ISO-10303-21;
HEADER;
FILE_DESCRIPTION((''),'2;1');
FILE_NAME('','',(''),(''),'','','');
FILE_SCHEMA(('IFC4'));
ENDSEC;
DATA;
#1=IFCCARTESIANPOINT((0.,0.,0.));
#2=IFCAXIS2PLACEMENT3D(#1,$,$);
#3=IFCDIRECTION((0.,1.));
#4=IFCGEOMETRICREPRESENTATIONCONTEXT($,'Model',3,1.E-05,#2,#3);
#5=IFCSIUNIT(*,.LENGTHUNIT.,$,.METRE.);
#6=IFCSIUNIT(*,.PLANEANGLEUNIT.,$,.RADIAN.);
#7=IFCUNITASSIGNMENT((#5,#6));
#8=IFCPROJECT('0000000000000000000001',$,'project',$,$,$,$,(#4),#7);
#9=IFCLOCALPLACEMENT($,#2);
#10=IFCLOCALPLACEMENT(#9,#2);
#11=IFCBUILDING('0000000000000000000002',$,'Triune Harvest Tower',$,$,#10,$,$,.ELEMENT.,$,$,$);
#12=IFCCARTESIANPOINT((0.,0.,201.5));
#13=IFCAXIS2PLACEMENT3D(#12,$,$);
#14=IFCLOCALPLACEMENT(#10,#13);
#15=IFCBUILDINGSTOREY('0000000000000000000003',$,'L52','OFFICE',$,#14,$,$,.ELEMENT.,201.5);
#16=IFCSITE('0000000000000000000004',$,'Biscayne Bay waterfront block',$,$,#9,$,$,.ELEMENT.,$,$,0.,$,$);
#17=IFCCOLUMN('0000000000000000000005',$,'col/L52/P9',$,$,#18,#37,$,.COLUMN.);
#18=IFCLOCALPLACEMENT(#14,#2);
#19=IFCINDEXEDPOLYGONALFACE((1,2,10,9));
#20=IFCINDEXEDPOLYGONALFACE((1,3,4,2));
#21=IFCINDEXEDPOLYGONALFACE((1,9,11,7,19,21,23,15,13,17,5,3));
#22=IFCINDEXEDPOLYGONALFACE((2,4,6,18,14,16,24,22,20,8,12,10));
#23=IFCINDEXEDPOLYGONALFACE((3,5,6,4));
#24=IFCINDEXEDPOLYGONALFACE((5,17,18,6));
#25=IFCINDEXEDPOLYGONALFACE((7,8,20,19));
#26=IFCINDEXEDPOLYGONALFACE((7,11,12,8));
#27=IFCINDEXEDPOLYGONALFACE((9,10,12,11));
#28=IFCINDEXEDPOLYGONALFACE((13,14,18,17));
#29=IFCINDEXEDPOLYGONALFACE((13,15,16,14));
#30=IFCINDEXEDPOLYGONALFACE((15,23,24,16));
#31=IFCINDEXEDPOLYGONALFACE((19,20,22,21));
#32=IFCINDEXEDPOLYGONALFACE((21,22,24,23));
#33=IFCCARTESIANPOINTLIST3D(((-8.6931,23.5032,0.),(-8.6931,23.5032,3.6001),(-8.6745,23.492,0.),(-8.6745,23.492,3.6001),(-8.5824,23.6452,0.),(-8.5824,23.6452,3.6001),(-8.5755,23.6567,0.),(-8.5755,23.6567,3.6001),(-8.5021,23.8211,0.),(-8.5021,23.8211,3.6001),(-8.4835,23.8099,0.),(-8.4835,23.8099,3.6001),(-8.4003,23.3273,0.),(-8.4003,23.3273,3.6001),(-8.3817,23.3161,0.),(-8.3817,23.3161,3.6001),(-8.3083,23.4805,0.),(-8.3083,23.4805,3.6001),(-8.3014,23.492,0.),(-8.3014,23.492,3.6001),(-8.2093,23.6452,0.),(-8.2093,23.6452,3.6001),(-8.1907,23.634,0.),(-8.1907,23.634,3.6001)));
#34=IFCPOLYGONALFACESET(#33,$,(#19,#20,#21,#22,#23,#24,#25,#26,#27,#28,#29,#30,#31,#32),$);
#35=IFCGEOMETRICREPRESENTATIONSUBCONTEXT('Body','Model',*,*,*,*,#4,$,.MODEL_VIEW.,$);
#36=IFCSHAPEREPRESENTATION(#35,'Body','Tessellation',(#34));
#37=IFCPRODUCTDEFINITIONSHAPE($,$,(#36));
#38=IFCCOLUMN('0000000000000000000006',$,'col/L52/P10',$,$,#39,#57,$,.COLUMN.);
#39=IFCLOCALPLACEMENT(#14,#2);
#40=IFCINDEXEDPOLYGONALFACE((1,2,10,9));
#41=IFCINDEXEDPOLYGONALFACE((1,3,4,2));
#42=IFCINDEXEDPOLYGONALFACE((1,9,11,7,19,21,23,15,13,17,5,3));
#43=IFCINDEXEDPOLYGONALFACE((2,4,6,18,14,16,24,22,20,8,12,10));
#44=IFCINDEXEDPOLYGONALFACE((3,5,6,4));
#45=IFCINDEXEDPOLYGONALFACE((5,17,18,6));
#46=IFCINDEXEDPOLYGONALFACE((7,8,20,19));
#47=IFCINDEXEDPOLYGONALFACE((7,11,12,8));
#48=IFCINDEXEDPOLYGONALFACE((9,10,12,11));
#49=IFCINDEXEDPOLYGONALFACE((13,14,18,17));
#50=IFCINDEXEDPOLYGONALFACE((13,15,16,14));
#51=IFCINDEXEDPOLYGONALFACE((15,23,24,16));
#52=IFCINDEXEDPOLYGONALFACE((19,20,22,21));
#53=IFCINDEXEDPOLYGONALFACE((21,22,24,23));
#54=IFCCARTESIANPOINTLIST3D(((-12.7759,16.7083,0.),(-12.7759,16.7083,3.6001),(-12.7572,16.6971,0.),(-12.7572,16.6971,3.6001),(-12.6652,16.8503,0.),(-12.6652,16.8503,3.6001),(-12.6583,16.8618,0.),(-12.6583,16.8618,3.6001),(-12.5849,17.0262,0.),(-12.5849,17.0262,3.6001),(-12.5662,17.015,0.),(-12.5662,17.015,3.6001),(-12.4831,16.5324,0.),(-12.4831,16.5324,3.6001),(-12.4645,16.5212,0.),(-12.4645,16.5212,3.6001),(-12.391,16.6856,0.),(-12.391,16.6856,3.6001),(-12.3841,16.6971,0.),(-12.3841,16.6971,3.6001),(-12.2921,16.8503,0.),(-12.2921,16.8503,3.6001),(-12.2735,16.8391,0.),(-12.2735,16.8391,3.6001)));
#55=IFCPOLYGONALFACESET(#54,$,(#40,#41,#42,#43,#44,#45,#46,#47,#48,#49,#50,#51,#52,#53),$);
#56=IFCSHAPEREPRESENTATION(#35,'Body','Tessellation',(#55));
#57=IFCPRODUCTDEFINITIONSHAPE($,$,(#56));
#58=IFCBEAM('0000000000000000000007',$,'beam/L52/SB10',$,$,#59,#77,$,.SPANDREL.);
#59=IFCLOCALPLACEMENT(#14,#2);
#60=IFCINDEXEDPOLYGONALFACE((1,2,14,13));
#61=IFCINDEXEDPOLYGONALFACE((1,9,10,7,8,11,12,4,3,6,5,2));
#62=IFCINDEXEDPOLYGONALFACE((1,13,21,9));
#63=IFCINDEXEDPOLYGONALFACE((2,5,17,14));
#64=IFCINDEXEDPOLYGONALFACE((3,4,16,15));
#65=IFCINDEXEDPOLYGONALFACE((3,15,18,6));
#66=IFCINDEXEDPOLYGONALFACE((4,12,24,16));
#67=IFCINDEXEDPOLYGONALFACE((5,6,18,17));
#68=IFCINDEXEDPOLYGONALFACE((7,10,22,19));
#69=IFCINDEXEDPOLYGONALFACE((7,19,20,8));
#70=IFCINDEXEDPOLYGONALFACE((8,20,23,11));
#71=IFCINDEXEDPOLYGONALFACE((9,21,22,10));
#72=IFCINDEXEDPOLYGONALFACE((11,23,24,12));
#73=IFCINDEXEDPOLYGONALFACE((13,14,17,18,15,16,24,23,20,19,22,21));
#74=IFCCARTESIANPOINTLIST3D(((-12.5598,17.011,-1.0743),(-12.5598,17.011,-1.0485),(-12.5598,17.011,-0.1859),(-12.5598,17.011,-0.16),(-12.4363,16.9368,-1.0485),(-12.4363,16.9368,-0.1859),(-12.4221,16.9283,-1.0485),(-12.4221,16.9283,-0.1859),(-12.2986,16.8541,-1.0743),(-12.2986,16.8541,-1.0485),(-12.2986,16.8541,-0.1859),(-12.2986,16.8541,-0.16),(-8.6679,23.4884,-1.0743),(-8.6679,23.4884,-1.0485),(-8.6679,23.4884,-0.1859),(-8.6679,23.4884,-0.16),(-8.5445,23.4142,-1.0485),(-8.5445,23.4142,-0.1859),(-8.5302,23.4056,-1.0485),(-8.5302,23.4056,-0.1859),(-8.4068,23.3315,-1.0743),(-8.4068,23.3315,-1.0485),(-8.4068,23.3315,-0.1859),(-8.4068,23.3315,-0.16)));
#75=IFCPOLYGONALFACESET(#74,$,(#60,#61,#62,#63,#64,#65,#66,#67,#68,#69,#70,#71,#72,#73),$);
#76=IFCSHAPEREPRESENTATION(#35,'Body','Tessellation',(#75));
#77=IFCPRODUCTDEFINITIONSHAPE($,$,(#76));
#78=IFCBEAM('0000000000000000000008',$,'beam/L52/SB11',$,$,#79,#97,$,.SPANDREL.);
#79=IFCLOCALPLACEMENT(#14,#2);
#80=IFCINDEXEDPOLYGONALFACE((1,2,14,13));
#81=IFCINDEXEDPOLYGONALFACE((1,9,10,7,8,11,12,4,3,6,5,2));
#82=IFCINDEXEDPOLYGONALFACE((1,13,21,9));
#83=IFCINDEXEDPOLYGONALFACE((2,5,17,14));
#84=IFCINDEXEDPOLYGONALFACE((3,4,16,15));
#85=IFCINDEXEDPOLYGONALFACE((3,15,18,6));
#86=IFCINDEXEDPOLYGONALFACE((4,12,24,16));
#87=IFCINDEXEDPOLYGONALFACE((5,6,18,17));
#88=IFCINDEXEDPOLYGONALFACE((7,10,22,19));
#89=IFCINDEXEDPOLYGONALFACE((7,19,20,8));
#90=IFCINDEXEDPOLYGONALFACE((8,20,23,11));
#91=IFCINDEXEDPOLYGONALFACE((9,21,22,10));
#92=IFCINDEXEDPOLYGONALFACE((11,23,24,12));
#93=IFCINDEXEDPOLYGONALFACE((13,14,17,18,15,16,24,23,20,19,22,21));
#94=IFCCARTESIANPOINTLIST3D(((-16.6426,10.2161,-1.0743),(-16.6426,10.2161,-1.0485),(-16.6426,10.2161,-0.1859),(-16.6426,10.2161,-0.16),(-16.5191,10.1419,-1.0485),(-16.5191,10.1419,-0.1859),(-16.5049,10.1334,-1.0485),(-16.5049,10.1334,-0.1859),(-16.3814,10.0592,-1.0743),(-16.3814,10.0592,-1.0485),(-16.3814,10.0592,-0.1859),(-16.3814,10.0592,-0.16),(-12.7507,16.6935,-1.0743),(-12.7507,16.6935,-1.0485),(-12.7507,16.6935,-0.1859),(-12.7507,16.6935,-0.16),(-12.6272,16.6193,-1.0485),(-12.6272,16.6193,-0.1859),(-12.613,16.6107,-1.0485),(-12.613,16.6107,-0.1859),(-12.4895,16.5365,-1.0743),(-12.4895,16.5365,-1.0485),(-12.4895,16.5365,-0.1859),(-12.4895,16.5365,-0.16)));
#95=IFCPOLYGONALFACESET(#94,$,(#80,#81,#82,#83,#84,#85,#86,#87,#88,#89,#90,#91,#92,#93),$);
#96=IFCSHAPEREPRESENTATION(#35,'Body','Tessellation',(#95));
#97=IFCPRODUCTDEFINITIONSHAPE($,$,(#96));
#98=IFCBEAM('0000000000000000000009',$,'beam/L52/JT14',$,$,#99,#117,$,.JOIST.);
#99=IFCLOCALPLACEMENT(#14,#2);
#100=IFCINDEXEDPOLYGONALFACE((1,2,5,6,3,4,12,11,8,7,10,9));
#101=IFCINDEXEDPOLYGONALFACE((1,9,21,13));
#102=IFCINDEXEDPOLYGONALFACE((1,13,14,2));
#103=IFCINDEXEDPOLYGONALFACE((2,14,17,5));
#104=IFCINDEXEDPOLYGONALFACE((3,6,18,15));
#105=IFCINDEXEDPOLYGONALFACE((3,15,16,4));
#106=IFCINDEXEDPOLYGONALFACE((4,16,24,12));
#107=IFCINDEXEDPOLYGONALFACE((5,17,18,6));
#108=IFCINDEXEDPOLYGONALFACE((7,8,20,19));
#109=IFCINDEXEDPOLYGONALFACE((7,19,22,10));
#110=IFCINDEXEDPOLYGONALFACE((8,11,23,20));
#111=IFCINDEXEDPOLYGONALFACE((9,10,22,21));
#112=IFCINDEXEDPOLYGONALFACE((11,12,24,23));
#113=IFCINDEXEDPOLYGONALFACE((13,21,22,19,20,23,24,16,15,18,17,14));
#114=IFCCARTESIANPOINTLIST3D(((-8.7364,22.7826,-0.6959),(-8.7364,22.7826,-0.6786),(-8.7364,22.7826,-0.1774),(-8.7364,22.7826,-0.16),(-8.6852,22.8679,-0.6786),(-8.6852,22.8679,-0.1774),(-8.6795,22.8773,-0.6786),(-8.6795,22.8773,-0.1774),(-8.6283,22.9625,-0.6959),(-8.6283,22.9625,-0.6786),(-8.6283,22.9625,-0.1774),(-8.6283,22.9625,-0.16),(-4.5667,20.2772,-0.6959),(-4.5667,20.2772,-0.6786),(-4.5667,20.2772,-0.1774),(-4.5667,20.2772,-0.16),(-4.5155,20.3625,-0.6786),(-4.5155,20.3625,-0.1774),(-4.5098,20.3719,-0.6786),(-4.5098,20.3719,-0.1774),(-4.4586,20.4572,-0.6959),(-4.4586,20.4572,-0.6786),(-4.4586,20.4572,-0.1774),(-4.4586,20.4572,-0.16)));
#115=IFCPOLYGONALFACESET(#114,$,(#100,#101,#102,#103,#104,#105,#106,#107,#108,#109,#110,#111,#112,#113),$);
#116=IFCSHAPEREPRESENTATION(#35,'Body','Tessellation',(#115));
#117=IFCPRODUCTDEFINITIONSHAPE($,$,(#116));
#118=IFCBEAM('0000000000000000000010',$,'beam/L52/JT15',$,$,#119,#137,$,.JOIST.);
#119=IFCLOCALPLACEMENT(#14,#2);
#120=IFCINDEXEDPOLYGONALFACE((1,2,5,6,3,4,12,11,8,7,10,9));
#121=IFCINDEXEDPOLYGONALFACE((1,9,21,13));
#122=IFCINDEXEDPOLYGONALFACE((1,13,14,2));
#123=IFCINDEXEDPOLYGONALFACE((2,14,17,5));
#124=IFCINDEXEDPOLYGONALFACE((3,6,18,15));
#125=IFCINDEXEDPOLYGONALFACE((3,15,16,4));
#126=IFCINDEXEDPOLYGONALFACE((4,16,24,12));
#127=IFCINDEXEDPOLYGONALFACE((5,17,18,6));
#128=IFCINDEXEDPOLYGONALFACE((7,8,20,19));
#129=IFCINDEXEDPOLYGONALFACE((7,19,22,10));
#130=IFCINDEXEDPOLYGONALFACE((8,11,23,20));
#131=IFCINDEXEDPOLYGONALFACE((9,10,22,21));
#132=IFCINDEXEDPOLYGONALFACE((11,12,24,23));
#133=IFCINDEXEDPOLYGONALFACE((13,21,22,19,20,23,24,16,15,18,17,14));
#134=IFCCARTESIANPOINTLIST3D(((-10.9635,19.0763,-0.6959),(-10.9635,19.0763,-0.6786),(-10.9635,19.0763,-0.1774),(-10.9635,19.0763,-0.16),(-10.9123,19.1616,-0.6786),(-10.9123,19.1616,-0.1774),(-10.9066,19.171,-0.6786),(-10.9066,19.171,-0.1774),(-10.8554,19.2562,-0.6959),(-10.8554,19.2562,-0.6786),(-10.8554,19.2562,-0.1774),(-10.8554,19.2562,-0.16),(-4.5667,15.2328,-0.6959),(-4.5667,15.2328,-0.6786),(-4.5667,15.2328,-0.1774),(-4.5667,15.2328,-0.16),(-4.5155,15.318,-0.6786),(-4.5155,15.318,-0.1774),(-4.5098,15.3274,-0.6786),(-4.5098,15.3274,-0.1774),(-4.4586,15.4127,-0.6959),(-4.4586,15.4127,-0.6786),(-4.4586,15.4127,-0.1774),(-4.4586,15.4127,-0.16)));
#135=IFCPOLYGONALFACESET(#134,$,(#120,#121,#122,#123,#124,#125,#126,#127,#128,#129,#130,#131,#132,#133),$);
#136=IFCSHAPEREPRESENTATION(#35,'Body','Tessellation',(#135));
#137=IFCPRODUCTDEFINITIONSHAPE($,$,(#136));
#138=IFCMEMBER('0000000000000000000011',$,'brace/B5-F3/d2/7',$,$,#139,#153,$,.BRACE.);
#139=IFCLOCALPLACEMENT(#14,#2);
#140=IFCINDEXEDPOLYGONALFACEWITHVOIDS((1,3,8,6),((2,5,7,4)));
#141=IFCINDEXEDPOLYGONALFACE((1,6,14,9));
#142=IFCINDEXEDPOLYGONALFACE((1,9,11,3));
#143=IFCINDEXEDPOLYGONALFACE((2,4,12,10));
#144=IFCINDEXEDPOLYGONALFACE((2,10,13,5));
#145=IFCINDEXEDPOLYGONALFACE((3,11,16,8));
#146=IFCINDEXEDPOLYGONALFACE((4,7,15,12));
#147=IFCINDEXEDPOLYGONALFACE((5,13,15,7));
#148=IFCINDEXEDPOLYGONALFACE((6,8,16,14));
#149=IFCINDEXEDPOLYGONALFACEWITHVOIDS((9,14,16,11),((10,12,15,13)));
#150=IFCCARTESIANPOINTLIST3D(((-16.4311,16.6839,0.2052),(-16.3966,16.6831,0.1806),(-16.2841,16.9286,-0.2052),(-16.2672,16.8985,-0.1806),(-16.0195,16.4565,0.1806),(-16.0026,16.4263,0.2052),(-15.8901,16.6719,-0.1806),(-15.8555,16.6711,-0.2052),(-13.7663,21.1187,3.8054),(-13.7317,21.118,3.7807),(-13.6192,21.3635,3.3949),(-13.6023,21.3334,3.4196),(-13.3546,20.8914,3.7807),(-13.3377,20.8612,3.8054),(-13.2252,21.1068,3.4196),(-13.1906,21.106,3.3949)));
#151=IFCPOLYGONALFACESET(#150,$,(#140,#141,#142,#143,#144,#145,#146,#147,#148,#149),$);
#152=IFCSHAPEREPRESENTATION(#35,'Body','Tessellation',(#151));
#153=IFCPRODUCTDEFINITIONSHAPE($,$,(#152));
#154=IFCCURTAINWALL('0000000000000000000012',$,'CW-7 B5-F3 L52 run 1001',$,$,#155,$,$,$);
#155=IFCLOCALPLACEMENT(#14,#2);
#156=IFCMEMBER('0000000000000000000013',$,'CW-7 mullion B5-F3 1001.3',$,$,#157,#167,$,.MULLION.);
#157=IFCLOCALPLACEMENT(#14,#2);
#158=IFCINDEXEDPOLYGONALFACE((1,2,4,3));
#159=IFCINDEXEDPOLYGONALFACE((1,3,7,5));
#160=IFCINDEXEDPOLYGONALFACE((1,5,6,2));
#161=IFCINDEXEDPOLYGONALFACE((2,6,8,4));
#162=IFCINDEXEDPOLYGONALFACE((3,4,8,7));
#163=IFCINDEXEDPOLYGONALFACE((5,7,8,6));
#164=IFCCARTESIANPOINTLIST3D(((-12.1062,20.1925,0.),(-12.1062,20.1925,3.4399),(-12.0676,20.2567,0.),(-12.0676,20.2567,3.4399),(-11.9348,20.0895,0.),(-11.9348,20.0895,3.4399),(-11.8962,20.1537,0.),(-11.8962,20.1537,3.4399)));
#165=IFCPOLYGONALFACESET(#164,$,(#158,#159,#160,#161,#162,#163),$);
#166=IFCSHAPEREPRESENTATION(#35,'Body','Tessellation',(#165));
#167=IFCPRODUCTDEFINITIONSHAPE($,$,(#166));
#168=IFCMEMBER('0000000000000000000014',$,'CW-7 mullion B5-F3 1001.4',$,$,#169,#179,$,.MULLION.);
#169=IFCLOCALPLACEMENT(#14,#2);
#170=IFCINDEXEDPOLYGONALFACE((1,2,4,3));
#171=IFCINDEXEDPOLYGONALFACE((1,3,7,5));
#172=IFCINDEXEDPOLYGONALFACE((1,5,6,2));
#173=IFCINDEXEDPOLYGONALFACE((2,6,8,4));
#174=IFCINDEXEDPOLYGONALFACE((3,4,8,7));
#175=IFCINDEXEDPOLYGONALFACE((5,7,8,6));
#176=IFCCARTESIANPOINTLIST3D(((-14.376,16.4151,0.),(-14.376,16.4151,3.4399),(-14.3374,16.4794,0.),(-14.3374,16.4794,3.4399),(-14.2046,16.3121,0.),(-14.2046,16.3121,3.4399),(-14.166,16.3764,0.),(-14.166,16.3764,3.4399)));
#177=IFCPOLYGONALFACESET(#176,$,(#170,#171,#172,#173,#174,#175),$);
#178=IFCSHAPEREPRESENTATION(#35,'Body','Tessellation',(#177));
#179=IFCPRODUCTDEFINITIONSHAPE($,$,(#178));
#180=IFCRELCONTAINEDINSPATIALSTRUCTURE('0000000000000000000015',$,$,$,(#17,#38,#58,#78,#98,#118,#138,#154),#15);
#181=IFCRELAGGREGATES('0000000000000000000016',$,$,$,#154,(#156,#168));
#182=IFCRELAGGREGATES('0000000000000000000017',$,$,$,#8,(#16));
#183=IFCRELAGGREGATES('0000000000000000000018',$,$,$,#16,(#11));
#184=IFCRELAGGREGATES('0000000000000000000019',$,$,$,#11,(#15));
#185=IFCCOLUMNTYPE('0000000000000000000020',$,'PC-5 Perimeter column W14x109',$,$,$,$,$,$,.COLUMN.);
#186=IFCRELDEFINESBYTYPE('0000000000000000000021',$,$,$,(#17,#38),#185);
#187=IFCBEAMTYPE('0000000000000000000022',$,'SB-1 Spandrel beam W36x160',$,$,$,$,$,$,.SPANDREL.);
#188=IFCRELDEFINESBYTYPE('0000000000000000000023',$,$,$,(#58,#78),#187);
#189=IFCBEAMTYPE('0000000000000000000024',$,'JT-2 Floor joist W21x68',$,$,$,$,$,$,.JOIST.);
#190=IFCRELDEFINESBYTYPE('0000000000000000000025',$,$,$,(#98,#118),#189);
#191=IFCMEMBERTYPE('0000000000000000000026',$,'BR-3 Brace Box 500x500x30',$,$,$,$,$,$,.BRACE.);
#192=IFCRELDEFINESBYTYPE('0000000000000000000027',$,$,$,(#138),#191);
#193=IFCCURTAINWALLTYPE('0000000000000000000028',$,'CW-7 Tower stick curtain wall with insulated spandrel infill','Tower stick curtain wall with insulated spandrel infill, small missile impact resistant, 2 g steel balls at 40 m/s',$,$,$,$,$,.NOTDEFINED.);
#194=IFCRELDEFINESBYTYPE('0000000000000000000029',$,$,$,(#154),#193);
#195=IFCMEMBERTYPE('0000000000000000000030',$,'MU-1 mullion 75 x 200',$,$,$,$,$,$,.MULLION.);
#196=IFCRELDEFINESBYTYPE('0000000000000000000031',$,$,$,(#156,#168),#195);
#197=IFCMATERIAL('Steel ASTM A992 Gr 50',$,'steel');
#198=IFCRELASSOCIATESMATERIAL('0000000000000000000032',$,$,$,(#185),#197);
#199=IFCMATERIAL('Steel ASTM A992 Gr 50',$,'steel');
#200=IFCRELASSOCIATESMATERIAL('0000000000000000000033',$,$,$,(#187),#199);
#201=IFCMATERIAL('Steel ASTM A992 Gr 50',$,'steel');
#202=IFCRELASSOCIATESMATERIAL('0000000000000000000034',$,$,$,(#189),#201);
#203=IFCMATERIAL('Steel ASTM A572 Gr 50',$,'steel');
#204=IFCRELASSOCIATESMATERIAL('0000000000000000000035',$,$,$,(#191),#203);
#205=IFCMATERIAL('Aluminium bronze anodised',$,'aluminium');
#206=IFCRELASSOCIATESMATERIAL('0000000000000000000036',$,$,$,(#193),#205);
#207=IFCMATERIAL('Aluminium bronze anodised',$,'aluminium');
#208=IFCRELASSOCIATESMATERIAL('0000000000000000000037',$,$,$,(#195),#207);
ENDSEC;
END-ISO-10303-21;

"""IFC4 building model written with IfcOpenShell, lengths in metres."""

from ifc_helpers import new_model, si_unit, direction, frame, origin, origin_2d, place, context, subcontext, project, spatial, rectangle, hollow_rectangle, i_section, extrude, source, transform, mapped, material, material_profile, profile_set, type_object, element, aggregate, save


model = new_model("IFC4")

# Units and contexts
model_context = context("Model", 3, precision=1e-05, world=origin(), true_north=direction((0.0, 1.0)))
body_context = subcontext(model_context, "Body", "Model", "MODEL_VIEW")
ifc_project = project(units=[si_unit("LENGTHUNIT", "METRE"), si_unit("PLANEANGLEUNIT", "RADIAN")], contexts=[model_context])

# Site, building, storey
site_placement = place(None, origin())
site = spatial("IfcSite", under=ifc_project, at=site_placement, Name="Biscayne Bay waterfront block", CompositionType="ELEMENT", RefElevation=0.0)
building_placement = place(site_placement, origin())
building = spatial("IfcBuilding", under=site, at=building_placement, Name="Triune Harvest Tower", CompositionType="ELEMENT")
storey_placement = place(building_placement, frame((0.0, 0.0, 201.5)))
storey = spatial("IfcBuildingStorey", under=building, at=storey_placement, Name="L52", Description="OFFICE", CompositionType="ELEMENT", Elevation=201.5)

# Columns
ifc_material_1 = material(Name="Steel ASTM A992 Gr 50", Category="steel")
ifc_material_profile_1 = material_profile(ifc_material_1, i_section(OverallWidth=0.3708, OverallDepth=0.3633, WebThickness=0.0134, FlangeThickness=0.0217, at=origin_2d()), Name="W14x109")
ifc_profile_set_1 = profile_set([ifc_material_profile_1], Name="Steel ASTM A992 Gr 50")
column_type = type_object("IfcColumnType", Name="PC-5 Perimeter column W14x109", PredefinedType="COLUMN", material=ifc_profile_set_1)
shared_shape_1 = source(origin(), body_context, "Body", "SweptSolid", [
    extrude(i_section(OverallWidth=0.3708, OverallDepth=0.3633, WebThickness=0.0134, FlangeThickness=0.0217, at=origin_2d()), origin(), (0.0, 0.0, 1.0), 3.6001),
])
for number, where, z_axis, x_axis, name in (
    (1, (-8.4419, 23.5686, 0.0), (0.0, 0.0, 1.0), (-0.515037, -0.857168, 0.0), "col/L52/P9"),
    (2, (-12.5247, 16.7737, 0.0), (0.0, 0.0, 1.0), (-0.515037, -0.857168, 0.0), "col/L52/P10"),
):
    element("IfcColumn", number, at=place(storey_placement, frame(where, z_axis=z_axis, x_axis=x_axis)), inside=storey, type_object=column_type, Name=name, PredefinedType="COLUMN", context=body_context, shape_type="MappedRepresentation", body=[
        mapped(shared_shape_1, transform((0.0, 0.0, 0.0), scale=1.0)),
    ])

# Beams
ifc_material_2 = material(Name="Steel ASTM A992 Gr 50", Category="steel")
ifc_material_profile_2 = material_profile(ifc_material_2, i_section(OverallWidth=0.3047, OverallDepth=0.9143, WebThickness=0.0166, FlangeThickness=0.0259, at=origin_2d()), Name="W36x160")
ifc_profile_set_2 = profile_set([ifc_material_profile_2], Name="Steel ASTM A992 Gr 50")
beam_type_1 = type_object("IfcBeamType", Name="SB-1 Spandrel beam W36x160", PredefinedType="SPANDREL", material=ifc_profile_set_2)
shared_shape_2 = source(origin(), body_context, "Body", "SweptSolid", [
    extrude(i_section(OverallWidth=0.3047, OverallDepth=0.9143, WebThickness=0.0166, FlangeThickness=0.0259, at=origin_2d()), origin(), (0.0, 0.0, 1.0), 7.5566),
])
for number, where, z_axis, x_axis, name in (
    (3, (-8.5374, 23.4099, -0.6172), (-0.515028, -0.857173, 0.0), (0.857173, -0.515028, 0.0), "beam/L52/SB10"),
    (4, (-12.6201, 16.615, -0.6172), (-0.515028, -0.857173, 0.0), (0.857173, -0.515028, 0.0), "beam/L52/SB11"),
):
    element("IfcBeam", number, at=place(storey_placement, frame(where, z_axis=z_axis, x_axis=x_axis)), inside=storey, type_object=beam_type_1, Name=name, PredefinedType="SPANDREL", context=body_context, shape_type="MappedRepresentation", body=[
        mapped(shared_shape_2, transform((0.0, 0.0, 0.0), scale=1.0)),
    ])
ifc_material_3 = material(Name="Steel ASTM A992 Gr 50", Category="steel")
ifc_material_profile_3 = material_profile(ifc_material_3, i_section(OverallWidth=0.21, OverallDepth=0.5359, WebThickness=0.011, FlangeThickness=0.0173, at=origin_2d()), Name="W21x68")
ifc_profile_set_3 = profile_set([ifc_material_profile_3], Name="Steel ASTM A992 Gr 50")
beam_type_2 = type_object("IfcBeamType", Name="JT-2 Floor joist W21x68", PredefinedType="JOIST", material=ifc_profile_set_3)
shared_shape_3 = source(origin(), body_context, "Body", "SweptSolid", [
    extrude(i_section(OverallWidth=0.21, OverallDepth=0.5359, WebThickness=0.011, FlangeThickness=0.0173, at=origin_2d()), origin(), (0.0, 0.0, 1.0), 4.8645),
])
beam_1_placement = place(storey_placement, frame((-8.6824, 22.8726, -0.428), z_axis=(0.857169, -0.515034, 0.0), x_axis=(0.515034, 0.857169, 0.0)))
element("IfcBeam", 5, at=beam_1_placement, inside=storey, type_object=beam_type_2, Name="beam/L52/JT14", PredefinedType="JOIST", context=body_context, shape_type="MappedRepresentation", body=[
    mapped(shared_shape_3, transform((0.0, 0.0, 0.0), scale=1.0)),
])
shared_shape_4 = source(origin(), body_context, "Body", "SweptSolid", [
    extrude(i_section(OverallWidth=0.21, OverallDepth=0.5359, WebThickness=0.011, FlangeThickness=0.0173, at=origin_2d()), origin(), (0.0, 0.0, 1.0), 7.4626),
])
beam_2_placement = place(storey_placement, frame((-10.9094, 19.1663, -0.428), z_axis=(0.857169, -0.515034, 0.0), x_axis=(0.515034, 0.857169, 0.0)))
element("IfcBeam", 6, at=beam_2_placement, inside=storey, type_object=beam_type_2, Name="beam/L52/JT15", PredefinedType="JOIST", context=body_context, shape_type="MappedRepresentation", body=[
    mapped(shared_shape_4, transform((0.0, 0.0, 0.0), scale=1.0)),
])

# Member
ifc_material_4 = material(Name="Steel ASTM A572 Gr 50", Category="steel")
ifc_material_profile_4 = material_profile(ifc_material_4, hollow_rectangle(XDim=0.5, YDim=0.5, WallThickness=0.03, at=origin_2d()), Name="Box 500x500x30")
ifc_profile_set_4 = profile_set([ifc_material_profile_4], Name="Steel ASTM A572 Gr 50")
member_type_1 = type_object("IfcMemberType", Name="BR-3 Brace Box 500x500x30", PredefinedType="BRACE", material=ifc_profile_set_4)
shared_shape_5 = source(origin(), body_context, "Body", "SweptSolid", [
    extrude(hollow_rectangle(XDim=0.5, YDim=0.5, WallThickness=0.03, at=origin_2d()), origin(), (0.0, 0.0, 1.0), 6.3032),
])
member_1_placement = place(storey_placement, frame((-16.1433, 16.6775, 0.0), z_axis=(0.422773, 0.70359, 0.571161), x_axis=(-0.85716, 0.515051, 0.0)))
element("IfcMember", 7, at=member_1_placement, inside=storey, type_object=member_type_1, Name="brace/B5-F3/d2/7", PredefinedType="BRACE", context=body_context, shape_type="MappedRepresentation", body=[
    mapped(shared_shape_5, transform((0.0, 0.0, 0.0), scale=1.0)),
])

# Curtain wall, members
ifc_material_5 = material(Name="Aluminium bronze anodised", Category="aluminium")
curtain_wall_type_1 = type_object("IfcCurtainWallType", Name="CW-7 Tower stick curtain wall with insulated spandrel infill", Description="Tower stick curtain wall with insulated spandrel infill, small missile impact resistant, 2 g steel balls at 40 m/s", PredefinedType="NOTDEFINED", material=ifc_material_5)
curtain_wall_1_placement = place(storey_placement, origin())
curtain_wall_1 = element("IfcCurtainWall", 8, at=curtain_wall_1_placement, inside=storey, type_object=curtain_wall_type_1, Name="CW-7 B5-F3 L52 run 1001")
ifc_material_6 = material(Name="Aluminium bronze anodised", Category="aluminium")
ifc_material_profile_5 = material_profile(ifc_material_6, rectangle(XDim=0.2, YDim=0.075, at=origin_2d()), Name="MU-1 mullion 75 x 200")
ifc_profile_set_5 = profile_set([ifc_material_profile_5], Name="Aluminium bronze anodised")
member_type_2 = type_object("IfcMemberType", Name="MU-1 mullion 75 x 200", PredefinedType="MULLION", material=ifc_profile_set_5)
shared_shape_6 = source(origin(), body_context, "Body", "SweptSolid", [
    extrude(rectangle(XDim=0.2, YDim=0.075, at=origin_2d()), origin(), (0.0, 0.0, 1.0), 3.4399),
])
member_2_placement = place(storey_placement, frame((-12.0012, 20.1731, 0.0), z_axis=(0.0, 0.0, 1.0), x_axis=(0.857166, -0.515039, 0.0)))
member_2 = element("IfcMember", 9, at=member_2_placement, type_object=member_type_2, Name="CW-7 mullion B5-F3 1001.3", PredefinedType="MULLION", context=body_context, shape_type="MappedRepresentation", body=[
    mapped(shared_shape_6, transform((0.0, 0.0, 0.0), scale=1.0)),
])
member_3_placement = place(storey_placement, frame((-14.271, 16.3958, 0.0), z_axis=(0.0, 0.0, 1.0), x_axis=(0.857166, -0.515039, 0.0)))
member_3 = element("IfcMember", 10, at=member_3_placement, type_object=member_type_2, Name="CW-7 mullion B5-F3 1001.4", PredefinedType="MULLION", context=body_context, shape_type="MappedRepresentation", body=[
    mapped(shared_shape_6, transform((0.0, 0.0, 0.0), scale=1.0)),
])

aggregate(curtain_wall_1, [member_2, member_3])

save(model, "model.ifc")
